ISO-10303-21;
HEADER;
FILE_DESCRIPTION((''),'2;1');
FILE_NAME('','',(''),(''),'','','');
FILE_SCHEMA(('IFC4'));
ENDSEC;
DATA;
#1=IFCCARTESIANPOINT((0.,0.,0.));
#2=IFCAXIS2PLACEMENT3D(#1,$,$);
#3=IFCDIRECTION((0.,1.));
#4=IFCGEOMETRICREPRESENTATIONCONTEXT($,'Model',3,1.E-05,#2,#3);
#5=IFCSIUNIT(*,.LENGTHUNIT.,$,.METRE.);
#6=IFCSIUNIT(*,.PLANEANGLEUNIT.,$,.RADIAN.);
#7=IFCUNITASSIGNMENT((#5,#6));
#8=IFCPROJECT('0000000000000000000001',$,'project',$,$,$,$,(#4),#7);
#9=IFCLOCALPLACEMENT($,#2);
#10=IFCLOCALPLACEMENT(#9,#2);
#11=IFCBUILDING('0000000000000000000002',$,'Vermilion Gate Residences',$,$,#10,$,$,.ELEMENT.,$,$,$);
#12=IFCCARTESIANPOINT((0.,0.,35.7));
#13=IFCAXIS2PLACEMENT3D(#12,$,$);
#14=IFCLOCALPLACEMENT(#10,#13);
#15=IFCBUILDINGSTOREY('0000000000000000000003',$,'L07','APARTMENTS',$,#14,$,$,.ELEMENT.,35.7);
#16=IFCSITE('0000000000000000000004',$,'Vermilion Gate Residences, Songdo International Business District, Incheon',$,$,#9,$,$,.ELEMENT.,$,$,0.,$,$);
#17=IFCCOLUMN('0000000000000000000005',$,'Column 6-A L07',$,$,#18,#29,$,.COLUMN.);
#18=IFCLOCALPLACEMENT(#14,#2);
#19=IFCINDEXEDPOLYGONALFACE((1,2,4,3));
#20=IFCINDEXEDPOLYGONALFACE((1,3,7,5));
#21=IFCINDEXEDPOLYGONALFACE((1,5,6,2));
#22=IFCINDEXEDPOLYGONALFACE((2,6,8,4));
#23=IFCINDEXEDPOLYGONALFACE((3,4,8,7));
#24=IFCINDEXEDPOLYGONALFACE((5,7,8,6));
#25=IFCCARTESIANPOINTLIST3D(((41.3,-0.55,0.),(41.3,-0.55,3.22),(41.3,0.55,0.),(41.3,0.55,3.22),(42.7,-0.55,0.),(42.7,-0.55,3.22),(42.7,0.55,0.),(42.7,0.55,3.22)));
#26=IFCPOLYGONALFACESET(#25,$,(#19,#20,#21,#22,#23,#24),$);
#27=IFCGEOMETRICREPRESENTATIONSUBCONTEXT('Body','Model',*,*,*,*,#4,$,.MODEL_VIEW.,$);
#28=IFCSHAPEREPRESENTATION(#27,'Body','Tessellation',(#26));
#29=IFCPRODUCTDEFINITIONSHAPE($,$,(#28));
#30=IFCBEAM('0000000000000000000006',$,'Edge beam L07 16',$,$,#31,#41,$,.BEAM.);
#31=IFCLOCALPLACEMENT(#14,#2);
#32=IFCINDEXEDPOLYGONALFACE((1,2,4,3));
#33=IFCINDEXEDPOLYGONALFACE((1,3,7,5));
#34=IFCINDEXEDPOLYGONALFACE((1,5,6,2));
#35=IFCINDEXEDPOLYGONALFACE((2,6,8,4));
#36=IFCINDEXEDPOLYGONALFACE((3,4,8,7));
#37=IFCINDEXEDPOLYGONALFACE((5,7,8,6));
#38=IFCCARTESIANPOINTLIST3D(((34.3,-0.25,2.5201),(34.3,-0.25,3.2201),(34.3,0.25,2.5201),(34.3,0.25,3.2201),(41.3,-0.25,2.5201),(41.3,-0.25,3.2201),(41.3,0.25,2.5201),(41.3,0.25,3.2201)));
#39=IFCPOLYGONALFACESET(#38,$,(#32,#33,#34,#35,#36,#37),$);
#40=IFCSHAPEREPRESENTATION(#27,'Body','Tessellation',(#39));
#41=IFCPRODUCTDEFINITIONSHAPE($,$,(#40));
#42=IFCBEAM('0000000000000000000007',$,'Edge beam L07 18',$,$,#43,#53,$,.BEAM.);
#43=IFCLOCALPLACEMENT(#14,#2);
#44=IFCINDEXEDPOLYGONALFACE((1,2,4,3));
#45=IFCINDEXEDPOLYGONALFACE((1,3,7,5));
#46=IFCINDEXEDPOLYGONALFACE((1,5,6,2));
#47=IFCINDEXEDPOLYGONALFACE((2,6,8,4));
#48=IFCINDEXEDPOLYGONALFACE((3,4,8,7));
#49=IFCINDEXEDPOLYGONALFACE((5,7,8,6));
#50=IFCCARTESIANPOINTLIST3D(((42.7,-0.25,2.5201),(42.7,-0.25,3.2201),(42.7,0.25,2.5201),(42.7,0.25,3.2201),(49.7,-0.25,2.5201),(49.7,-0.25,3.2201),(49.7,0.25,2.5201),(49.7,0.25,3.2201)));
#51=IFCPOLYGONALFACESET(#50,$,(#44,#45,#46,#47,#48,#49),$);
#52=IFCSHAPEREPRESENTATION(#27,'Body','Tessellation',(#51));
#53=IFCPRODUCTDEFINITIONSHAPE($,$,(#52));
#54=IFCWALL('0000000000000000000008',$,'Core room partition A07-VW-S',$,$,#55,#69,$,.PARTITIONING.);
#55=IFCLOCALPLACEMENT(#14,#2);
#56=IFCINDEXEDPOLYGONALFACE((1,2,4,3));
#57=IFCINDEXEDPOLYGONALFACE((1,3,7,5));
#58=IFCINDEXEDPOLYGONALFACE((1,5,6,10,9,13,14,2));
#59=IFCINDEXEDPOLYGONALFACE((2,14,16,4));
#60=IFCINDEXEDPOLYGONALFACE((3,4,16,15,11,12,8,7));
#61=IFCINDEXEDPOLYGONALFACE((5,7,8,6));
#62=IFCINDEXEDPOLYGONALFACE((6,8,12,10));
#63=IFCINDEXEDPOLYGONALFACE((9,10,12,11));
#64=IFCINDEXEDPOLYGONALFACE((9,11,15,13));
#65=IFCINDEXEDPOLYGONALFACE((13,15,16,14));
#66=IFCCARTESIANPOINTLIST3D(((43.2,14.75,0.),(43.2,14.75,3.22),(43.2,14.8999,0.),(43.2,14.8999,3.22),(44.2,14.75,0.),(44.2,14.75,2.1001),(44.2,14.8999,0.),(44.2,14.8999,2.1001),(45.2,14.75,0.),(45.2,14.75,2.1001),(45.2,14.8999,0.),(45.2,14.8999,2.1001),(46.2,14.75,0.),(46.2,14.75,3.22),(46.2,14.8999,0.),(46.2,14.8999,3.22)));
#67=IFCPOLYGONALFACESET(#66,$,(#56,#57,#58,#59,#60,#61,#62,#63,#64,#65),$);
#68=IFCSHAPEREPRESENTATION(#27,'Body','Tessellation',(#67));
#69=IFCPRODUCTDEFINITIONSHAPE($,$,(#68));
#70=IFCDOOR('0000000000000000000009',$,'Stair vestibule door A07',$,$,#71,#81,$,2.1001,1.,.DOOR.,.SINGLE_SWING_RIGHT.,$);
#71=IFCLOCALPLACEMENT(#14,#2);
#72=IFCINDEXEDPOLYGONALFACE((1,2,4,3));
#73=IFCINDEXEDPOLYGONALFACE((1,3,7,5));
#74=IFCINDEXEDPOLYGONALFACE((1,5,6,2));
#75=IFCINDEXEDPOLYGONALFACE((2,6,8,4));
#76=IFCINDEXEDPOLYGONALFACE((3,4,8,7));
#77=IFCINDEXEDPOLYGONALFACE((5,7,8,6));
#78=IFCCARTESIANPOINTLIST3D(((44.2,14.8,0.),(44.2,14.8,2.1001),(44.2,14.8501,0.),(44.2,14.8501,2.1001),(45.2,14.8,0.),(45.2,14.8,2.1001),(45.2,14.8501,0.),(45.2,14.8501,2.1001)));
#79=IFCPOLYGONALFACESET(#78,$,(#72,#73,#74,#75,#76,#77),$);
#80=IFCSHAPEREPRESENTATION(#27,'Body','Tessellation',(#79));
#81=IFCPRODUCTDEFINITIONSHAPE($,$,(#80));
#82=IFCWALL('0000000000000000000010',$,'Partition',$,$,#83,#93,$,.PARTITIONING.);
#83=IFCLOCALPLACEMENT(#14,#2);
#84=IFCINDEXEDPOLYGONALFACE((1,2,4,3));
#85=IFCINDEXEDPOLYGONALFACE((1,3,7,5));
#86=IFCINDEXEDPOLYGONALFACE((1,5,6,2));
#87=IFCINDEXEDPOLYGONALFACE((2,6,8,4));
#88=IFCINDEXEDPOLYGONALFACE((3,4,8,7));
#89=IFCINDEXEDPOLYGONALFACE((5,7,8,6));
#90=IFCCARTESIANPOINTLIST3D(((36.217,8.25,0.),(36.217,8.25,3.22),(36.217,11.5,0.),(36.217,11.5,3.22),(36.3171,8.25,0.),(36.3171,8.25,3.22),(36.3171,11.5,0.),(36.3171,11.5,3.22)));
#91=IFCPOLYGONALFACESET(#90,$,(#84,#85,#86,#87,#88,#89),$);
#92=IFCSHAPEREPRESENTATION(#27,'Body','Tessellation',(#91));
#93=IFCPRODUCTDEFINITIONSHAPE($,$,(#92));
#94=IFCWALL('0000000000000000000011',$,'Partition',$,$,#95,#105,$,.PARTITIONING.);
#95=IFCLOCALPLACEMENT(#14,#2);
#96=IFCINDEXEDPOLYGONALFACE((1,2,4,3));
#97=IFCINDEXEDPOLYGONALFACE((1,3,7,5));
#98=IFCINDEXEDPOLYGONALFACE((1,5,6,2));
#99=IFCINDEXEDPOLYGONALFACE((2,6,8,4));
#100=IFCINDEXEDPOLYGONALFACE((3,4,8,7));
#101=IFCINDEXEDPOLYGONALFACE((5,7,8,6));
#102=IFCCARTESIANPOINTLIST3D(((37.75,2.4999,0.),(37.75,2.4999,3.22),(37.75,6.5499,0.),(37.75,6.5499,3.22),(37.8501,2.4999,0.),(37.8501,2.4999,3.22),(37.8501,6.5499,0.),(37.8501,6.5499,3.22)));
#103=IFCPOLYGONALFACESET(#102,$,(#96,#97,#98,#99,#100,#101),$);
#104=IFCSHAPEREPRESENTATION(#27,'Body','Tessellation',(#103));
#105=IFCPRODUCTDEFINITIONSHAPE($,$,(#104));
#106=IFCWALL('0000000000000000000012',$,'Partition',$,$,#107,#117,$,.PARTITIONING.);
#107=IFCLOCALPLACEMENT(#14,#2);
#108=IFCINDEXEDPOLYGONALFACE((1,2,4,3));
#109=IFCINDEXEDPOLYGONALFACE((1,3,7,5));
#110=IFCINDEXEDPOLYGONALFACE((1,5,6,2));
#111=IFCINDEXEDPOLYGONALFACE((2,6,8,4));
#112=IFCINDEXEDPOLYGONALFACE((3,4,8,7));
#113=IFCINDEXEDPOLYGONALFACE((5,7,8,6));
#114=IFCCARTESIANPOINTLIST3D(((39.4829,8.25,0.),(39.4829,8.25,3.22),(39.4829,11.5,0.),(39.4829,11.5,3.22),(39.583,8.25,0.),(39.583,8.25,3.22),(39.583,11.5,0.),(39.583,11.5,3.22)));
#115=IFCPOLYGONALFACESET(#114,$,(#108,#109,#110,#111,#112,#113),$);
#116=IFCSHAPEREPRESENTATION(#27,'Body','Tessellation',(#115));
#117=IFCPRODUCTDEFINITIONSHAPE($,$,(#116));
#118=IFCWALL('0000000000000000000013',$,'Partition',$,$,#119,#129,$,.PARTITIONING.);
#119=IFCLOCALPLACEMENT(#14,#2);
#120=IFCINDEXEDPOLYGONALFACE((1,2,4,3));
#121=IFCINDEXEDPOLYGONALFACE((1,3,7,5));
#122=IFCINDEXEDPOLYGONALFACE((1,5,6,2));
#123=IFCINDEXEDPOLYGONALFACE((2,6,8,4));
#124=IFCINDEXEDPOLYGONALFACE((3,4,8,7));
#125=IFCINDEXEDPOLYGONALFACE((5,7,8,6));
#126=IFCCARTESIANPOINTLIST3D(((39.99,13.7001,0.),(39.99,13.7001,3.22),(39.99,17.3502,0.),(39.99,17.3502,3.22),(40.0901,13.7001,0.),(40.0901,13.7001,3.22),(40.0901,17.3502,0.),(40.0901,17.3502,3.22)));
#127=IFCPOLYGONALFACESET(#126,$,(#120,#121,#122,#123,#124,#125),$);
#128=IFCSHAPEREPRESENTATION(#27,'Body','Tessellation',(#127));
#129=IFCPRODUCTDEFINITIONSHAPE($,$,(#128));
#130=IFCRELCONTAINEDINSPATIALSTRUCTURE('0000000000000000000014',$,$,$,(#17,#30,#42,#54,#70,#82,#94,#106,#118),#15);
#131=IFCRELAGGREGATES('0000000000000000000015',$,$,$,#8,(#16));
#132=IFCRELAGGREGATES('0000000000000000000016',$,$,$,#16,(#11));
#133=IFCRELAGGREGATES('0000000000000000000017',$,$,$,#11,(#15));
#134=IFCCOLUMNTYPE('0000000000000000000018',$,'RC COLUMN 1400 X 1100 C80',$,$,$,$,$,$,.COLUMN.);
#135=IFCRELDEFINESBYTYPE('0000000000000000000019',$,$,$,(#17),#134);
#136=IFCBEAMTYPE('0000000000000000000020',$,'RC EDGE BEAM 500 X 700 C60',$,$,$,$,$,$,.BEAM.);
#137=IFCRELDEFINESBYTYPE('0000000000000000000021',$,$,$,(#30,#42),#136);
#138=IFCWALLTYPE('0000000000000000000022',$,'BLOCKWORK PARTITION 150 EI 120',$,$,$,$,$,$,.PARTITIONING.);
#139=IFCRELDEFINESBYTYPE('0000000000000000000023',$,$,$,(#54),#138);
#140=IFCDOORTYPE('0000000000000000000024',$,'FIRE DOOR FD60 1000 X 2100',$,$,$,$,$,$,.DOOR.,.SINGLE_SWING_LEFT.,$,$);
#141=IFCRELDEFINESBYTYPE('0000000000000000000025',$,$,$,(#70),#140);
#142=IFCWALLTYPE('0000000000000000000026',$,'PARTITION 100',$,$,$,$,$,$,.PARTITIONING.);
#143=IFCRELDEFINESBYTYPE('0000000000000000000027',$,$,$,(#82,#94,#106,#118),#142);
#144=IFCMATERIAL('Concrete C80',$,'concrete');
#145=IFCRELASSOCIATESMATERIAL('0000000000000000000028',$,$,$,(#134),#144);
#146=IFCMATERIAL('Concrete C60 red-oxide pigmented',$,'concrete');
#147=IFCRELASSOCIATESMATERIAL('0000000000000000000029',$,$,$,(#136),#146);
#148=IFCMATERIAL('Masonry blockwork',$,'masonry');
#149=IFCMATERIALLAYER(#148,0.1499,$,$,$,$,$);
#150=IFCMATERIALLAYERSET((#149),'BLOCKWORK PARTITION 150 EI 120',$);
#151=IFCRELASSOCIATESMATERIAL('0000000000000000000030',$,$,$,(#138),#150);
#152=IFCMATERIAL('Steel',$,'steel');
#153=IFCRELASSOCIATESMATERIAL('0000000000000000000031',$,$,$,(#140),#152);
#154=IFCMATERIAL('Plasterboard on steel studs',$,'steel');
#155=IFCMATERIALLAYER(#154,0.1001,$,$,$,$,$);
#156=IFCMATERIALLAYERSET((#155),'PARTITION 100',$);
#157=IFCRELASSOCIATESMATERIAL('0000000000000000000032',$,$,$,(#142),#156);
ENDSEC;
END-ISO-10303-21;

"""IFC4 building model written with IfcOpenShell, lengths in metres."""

from ifc_helpers import new_model, si_unit, direction, frame, frame_2d, origin, origin_2d, place, context, subcontext, project, spatial, rectangle, extrude, material, layer, layer_set, material_profile, profile_set, type_object, element, fill, save


model = new_model("IFC4")

# Units and contexts
model_context = context("Model", 3, precision=1e-05, world=origin(), true_north=direction((0.0, 1.0)))
body_context = subcontext(model_context, "Body", "Model", "MODEL_VIEW")
ifc_project = project(units=[si_unit("LENGTHUNIT", "METRE"), si_unit("PLANEANGLEUNIT", "RADIAN")], contexts=[model_context])

# Site, building, storey
site_placement = place(None, origin())
site = spatial("IfcSite", under=ifc_project, at=site_placement, Name="Vermilion Gate Residences, Songdo International Business District, Incheon", CompositionType="ELEMENT", RefElevation=0.0)
building_placement = place(site_placement, origin())
building = spatial("IfcBuilding", under=site, at=building_placement, Name="Vermilion Gate Residences", CompositionType="ELEMENT")
storey_placement = place(building_placement, frame((0.0, 0.0, 35.7)))
storey = spatial("IfcBuildingStorey", under=building, at=storey_placement, Name="L07", Description="APARTMENTS", CompositionType="ELEMENT", Elevation=35.7)

# Column
ifc_material_1 = material(Name="Concrete C80", Category="concrete")
ifc_material_profile_1 = material_profile(ifc_material_1, rectangle(XDim=1.3999, YDim=1.1001, at=origin_2d()), Name="RC-1400x1100")
ifc_profile_set_1 = profile_set([ifc_material_profile_1], Name="Concrete C80")
column_type = type_object("IfcColumnType", Name="RC COLUMN 1400 X 1100 C80", PredefinedType="COLUMN", material=ifc_profile_set_1)
column_placement = place(storey_placement, frame((42.0, 0.0, 0.0), z_axis=(0.0, 0.0, 1.0), x_axis=(1.0, 0.0, 0.0)))
element("IfcColumn", 1, at=column_placement, inside=storey, type_object=column_type, Name="Column 6-A L07", PredefinedType="COLUMN", context=body_context, shape_type="SweptSolid", body=[
    extrude(rectangle(XDim=1.3999, YDim=1.1001, at=origin_2d()), origin(), (0.0, 0.0, 1.0), 3.22),
])

# Beams
ifc_material_2 = material(Name="Concrete C60 red-oxide pigmented", Category="concrete")
ifc_material_profile_2 = material_profile(ifc_material_2, rectangle(XDim=0.5, YDim=0.7, at=origin_2d()), Name="RC-500x700")
ifc_profile_set_2 = profile_set([ifc_material_profile_2], Name="Concrete C60 red-oxide pigmented")
beam_type = type_object("IfcBeamType", Name="RC EDGE BEAM 500 X 700 C60", PredefinedType="BEAM", material=ifc_profile_set_2)
for number, where, z_axis, x_axis, name in (
    (2, (34.3, 0.0, 2.8701), (1.0, 0.0, 0.0), (0.0, 1.0, 0.0), "Edge beam L07 16"),
    (3, (42.7, 0.0, 2.8701), (1.0, 0.0, 0.0), (0.0, 1.0, 0.0), "Edge beam L07 18"),
):
    element("IfcBeam", number, at=place(storey_placement, frame(where, z_axis=z_axis, x_axis=x_axis)), inside=storey, type_object=beam_type, Name=name, PredefinedType="BEAM", context=body_context, shape_type="SweptSolid", body=[
        extrude(rectangle(XDim=0.5, YDim=0.7, at=origin_2d()), origin(), (0.0, 0.0, 1.0), 7.0),
    ])

# Wall, opening, door
ifc_material_3 = material(Name="Masonry blockwork", Category="masonry")
ifc_layer_1 = layer(ifc_material_3, 0.1499)
ifc_layer_set_1 = layer_set([ifc_layer_1], Name="BLOCKWORK PARTITION 150 EI 120")
wall_type_1 = type_object("IfcWallType", Name="BLOCKWORK PARTITION 150 EI 120", PredefinedType="PARTITIONING", material=ifc_layer_set_1)
wall_1_placement = place(storey_placement, frame((43.2, 14.825, 0.0), z_axis=(0.0, 0.0, 1.0), x_axis=(1.0, 0.0, 0.0)))
wall_1 = element("IfcWall", 4, at=wall_1_placement, inside=storey, type_object=wall_type_1, Name="Core room partition A07-VW-S", PredefinedType="PARTITIONING", context=body_context, shape_type="SweptSolid", body=[
    extrude(rectangle(XDim=3.0, YDim=0.1499, at=frame_2d((1.5, 0.0))), origin(), (0.0, 0.0, 1.0), 3.22),
])
opening_1_placement = place(wall_1_placement, frame((1.0, 0.0, 0.0)))
opening_1 = element("IfcOpeningElement", 5, at=opening_1_placement, cuts=wall_1, PredefinedType="OPENING", context=body_context, shape_type="SweptSolid", body=[
    extrude(rectangle(XDim=1.0, YDim=2.1001, at=frame_2d((0.5, 1.05))), frame((0.0, 0.085, 0.0), z_axis=(0.0, -1.0, 0.0), x_axis=(1.0, 0.0, 0.0)), (0.0, 0.0, 1.0), 0.1699),
])
ifc_material_4 = material(Name="Steel", Category="steel")
door_type_1 = type_object("IfcDoorType", Name="FIRE DOOR FD60 1000 X 2100", OperationType="SINGLE_SWING_LEFT", PredefinedType="DOOR", material=ifc_material_4)
door_1_placement = place(opening_1_placement, frame((1.0, 0.0, 0.0), z_axis=(0.0, 0.0, 1.0), x_axis=(-1.0, 0.0, 0.0)))
door_1 = element("IfcDoor", 6, at=door_1_placement, inside=storey, type_object=door_type_1, Name="Stair vestibule door A07", OperationType="SINGLE_SWING_RIGHT", OverallHeight=2.1001, OverallWidth=1.0, PredefinedType="DOOR", context=body_context, shape_type="SweptSolid", body=[
    extrude(rectangle(XDim=1.0, YDim=2.1001, at=frame_2d((0.5, 1.05))), frame((0.0, 0.0249, 0.0), z_axis=(0.0, -1.0, 0.0), x_axis=(1.0, 0.0, 0.0)), (0.0, 0.0, 1.0), 0.05),
])
fill(opening_1, door_1)

# Walls
ifc_material_5 = material(Name="Plasterboard on steel studs", Category="steel")
ifc_layer_2 = layer(ifc_material_5, 0.1001)
ifc_layer_set_2 = layer_set([ifc_layer_2], Name="PARTITION 100")
wall_type_2 = type_object("IfcWallType", Name="PARTITION 100", PredefinedType="PARTITIONING", material=ifc_layer_set_2)
wall_2_placement = place(storey_placement, frame((36.2671, 8.25, 0.0), z_axis=(0.0, 0.0, 1.0), x_axis=(0.0, 1.0, 0.0)))
element("IfcWall", 7, at=wall_2_placement, inside=storey, type_object=wall_type_2, Name="Partition", PredefinedType="PARTITIONING", context=body_context, shape_type="SweptSolid", body=[
    extrude(rectangle(XDim=3.25, YDim=0.1001, at=frame_2d((1.625, 0.0))), origin(), (0.0, 0.0, 1.0), 3.22),
])
wall_3_placement = place(storey_placement, frame((37.8, 2.5, 0.0), z_axis=(0.0, 0.0, 1.0), x_axis=(0.0, 1.0, 0.0)))
element("IfcWall", 8, at=wall_3_placement, inside=storey, type_object=wall_type_2, Name="Partition", PredefinedType="PARTITIONING", context=body_context, shape_type="SweptSolid", body=[
    extrude(rectangle(XDim=4.05, YDim=0.1001, at=frame_2d((2.0249, 0.0))), origin(), (0.0, 0.0, 1.0), 3.22),
])
wall_4_placement = place(storey_placement, frame((39.533, 8.25, 0.0), z_axis=(0.0, 0.0, 1.0), x_axis=(0.0, 1.0, 0.0)))
element("IfcWall", 9, at=wall_4_placement, inside=storey, type_object=wall_type_2, Name="Partition", PredefinedType="PARTITIONING", context=body_context, shape_type="SweptSolid", body=[
    extrude(rectangle(XDim=3.25, YDim=0.1001, at=frame_2d((1.625, 0.0))), origin(), (0.0, 0.0, 1.0), 3.22),
])
wall_5_placement = place(storey_placement, frame((40.04, 13.7, 0.0), z_axis=(0.0, 0.0, 1.0), x_axis=(0.0, 1.0, 0.0)))
element("IfcWall", 10, at=wall_5_placement, inside=storey, type_object=wall_type_2, Name="Partition", PredefinedType="PARTITIONING", context=body_context, shape_type="SweptSolid", body=[
    extrude(rectangle(XDim=3.6501, YDim=0.1001, at=frame_2d((1.8252, 0.0))), origin(), (0.0, 0.0, 1.0), 3.22),
])

save(model, "model.ifc")
